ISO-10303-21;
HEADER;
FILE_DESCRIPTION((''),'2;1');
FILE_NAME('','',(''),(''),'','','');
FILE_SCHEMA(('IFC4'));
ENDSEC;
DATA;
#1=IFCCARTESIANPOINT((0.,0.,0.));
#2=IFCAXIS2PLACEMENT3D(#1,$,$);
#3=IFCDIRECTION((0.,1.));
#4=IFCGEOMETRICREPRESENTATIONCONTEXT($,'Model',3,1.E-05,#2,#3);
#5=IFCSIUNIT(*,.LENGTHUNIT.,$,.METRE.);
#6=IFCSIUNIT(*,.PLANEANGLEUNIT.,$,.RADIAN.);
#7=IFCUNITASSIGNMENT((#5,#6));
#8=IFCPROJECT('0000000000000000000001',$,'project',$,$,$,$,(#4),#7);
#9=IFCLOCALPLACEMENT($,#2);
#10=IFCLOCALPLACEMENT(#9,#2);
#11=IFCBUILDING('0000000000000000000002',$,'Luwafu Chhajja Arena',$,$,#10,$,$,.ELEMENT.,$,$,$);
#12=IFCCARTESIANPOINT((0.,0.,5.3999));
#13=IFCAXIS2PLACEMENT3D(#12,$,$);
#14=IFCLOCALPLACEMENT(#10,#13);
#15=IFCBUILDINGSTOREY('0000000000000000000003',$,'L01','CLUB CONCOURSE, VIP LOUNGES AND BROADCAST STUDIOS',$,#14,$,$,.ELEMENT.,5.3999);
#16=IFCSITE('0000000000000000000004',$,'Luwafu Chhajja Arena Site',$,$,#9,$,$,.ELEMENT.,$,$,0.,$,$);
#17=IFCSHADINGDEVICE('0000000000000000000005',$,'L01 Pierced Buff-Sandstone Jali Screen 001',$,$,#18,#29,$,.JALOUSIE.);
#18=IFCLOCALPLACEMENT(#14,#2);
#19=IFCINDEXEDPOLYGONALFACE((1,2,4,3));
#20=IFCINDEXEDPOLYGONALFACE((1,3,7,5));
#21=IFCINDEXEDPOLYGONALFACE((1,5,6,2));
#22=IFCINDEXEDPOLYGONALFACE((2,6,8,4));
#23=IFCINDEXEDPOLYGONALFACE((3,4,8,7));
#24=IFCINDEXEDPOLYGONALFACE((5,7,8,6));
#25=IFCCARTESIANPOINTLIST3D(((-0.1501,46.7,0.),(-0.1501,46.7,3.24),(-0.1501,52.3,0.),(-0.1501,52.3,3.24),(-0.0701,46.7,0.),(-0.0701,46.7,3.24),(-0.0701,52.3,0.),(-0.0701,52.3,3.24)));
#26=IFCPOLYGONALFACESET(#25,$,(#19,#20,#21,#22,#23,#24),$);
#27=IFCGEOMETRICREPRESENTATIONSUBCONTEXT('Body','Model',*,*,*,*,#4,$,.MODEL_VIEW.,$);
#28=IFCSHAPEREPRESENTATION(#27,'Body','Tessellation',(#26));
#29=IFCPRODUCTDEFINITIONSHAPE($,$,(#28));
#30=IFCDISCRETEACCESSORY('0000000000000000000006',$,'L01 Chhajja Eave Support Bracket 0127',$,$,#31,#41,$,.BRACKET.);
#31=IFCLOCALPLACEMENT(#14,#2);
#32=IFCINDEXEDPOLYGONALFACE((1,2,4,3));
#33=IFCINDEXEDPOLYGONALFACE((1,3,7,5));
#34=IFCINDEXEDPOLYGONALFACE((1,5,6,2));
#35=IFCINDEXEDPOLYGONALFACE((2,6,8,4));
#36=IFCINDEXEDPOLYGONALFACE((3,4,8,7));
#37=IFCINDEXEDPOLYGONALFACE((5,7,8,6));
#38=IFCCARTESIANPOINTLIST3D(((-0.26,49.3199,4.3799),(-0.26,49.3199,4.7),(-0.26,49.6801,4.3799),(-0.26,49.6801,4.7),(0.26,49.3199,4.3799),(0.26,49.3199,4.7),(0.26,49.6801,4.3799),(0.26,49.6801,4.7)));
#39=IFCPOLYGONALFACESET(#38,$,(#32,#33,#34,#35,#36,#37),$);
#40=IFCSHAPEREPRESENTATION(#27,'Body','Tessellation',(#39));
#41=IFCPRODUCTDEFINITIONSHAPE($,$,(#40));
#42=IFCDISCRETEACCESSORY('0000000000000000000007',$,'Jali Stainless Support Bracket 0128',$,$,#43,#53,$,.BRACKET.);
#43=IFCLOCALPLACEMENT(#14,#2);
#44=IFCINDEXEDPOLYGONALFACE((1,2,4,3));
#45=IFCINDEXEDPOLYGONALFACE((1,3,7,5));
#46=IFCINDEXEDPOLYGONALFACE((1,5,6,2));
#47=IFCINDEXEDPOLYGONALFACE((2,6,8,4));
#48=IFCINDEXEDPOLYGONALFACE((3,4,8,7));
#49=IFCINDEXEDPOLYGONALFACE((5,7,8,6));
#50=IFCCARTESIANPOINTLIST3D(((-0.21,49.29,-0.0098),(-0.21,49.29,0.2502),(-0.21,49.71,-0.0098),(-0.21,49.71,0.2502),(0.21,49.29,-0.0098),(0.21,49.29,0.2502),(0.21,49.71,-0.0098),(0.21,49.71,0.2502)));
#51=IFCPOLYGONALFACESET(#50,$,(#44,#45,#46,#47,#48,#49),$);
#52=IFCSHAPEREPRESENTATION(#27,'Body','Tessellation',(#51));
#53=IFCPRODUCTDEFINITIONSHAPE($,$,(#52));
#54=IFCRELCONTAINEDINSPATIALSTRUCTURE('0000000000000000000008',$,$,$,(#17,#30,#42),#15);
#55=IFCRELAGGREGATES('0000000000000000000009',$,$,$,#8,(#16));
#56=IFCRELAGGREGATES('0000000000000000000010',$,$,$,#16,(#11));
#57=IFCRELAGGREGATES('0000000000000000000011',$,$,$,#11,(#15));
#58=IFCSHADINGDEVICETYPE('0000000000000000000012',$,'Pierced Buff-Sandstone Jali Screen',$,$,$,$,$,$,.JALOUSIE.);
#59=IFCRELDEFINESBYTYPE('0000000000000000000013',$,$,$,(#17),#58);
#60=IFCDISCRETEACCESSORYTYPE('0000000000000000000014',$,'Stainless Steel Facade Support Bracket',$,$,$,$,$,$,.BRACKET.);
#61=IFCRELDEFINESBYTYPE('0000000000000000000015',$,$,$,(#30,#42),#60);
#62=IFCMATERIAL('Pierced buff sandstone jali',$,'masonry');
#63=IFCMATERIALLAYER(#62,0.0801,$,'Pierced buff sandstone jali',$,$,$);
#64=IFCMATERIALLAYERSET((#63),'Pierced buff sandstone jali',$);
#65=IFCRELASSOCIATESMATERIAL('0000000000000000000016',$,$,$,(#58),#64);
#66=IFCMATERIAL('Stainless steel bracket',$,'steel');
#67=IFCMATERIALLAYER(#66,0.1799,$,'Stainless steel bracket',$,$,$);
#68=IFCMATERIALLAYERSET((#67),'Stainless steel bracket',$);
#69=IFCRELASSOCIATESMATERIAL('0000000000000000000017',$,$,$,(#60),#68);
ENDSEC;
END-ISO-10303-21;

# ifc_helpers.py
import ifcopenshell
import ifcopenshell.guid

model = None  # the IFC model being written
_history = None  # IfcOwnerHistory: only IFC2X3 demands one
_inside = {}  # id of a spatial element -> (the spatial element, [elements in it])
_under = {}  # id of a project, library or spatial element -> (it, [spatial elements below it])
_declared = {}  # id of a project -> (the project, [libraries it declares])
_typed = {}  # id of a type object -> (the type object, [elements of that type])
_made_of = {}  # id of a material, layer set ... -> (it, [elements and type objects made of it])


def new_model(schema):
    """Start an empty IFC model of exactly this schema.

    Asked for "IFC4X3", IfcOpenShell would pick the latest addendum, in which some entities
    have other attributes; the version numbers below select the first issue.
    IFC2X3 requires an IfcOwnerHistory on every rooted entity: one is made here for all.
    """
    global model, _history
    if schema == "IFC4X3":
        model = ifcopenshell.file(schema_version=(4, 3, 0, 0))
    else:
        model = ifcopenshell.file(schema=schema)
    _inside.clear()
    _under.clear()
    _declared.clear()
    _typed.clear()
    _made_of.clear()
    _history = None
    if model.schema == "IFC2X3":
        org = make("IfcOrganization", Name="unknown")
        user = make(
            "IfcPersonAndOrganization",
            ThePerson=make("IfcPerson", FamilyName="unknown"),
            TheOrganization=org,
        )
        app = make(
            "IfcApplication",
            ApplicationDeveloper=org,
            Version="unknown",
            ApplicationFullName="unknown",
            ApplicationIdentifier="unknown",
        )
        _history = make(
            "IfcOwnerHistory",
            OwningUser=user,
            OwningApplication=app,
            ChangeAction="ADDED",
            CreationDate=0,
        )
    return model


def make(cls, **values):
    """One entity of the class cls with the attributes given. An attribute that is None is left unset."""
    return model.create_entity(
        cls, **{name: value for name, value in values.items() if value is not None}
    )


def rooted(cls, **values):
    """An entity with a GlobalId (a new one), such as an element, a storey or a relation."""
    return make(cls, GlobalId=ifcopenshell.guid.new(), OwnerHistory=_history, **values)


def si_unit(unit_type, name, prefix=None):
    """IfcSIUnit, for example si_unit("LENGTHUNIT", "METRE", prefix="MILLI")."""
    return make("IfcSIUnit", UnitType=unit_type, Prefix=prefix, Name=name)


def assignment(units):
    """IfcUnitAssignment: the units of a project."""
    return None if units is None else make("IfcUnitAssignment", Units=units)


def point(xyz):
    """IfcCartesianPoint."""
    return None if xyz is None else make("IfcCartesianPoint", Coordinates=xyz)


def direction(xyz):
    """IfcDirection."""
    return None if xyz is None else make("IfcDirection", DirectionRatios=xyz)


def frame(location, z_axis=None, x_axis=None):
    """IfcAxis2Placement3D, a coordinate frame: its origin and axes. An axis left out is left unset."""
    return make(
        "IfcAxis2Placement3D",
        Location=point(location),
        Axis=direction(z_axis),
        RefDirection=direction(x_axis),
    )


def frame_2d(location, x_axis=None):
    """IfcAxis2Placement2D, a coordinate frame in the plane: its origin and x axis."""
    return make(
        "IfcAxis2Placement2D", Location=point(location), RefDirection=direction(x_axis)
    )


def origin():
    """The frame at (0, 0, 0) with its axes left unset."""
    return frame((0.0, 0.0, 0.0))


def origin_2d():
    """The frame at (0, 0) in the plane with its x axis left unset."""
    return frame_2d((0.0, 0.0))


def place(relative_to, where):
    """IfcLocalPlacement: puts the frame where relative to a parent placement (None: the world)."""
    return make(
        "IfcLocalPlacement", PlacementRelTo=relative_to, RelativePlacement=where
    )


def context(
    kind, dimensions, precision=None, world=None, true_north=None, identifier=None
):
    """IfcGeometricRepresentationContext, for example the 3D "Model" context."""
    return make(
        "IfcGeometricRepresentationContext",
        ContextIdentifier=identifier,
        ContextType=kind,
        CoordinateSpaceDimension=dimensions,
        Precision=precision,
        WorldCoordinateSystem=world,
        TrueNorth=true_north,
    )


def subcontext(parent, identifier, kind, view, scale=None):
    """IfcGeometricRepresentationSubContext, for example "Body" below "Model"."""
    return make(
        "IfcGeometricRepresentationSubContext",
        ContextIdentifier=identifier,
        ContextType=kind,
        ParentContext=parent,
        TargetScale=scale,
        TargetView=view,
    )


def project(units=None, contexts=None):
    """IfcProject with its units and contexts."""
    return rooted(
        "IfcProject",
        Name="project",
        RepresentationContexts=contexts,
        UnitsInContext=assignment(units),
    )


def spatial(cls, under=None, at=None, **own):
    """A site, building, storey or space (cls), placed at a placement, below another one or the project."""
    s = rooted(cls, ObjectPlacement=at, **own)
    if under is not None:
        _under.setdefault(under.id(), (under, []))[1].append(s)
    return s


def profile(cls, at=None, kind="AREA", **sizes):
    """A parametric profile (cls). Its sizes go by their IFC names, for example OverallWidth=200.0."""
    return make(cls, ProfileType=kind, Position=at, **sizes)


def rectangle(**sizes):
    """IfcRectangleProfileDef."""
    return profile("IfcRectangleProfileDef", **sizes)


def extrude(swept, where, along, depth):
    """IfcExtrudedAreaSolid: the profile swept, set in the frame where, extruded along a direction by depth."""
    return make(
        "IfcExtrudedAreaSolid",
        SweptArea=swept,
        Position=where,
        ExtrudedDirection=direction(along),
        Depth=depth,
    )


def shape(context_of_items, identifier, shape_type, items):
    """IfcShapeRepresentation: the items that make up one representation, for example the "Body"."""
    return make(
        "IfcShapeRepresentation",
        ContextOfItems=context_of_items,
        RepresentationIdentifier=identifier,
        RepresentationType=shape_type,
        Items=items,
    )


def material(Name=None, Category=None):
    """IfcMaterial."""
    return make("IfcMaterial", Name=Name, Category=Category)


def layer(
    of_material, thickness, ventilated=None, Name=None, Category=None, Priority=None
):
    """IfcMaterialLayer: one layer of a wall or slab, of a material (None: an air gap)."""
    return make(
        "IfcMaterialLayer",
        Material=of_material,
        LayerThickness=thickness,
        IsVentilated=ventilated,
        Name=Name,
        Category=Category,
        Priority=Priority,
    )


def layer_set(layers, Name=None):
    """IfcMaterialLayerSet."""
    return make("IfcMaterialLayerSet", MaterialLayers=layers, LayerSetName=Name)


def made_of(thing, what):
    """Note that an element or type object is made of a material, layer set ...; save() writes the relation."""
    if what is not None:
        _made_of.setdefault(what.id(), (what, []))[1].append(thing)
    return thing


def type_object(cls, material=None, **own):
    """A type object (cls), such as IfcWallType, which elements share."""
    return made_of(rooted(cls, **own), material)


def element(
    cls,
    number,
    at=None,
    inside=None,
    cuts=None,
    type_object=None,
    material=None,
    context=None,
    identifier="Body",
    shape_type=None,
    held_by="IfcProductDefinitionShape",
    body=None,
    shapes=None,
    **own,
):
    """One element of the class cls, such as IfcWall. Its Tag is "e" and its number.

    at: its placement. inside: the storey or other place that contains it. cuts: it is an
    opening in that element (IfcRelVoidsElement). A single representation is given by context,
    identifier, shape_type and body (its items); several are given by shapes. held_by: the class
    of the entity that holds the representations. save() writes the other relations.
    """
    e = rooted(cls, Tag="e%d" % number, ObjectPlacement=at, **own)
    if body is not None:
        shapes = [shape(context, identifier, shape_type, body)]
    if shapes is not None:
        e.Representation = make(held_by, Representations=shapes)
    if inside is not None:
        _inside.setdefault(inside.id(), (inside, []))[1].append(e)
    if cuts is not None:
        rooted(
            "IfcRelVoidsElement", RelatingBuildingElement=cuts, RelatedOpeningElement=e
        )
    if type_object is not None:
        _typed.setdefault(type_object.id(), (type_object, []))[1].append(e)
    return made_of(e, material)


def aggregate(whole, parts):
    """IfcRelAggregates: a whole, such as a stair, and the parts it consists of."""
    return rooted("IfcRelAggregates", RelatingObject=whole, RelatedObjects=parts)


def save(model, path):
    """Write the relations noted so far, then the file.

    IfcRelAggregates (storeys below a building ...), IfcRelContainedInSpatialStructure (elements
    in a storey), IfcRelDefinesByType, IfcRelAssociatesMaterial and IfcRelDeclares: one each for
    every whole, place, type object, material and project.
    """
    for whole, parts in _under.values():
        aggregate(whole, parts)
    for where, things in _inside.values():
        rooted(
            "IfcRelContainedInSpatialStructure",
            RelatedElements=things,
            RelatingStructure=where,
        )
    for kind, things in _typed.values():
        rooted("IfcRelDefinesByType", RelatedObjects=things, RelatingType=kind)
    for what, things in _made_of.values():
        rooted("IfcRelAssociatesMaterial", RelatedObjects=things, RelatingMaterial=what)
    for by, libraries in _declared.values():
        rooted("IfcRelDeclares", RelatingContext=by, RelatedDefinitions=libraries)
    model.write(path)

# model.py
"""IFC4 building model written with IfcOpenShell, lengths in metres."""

from ifc_helpers import new_model, si_unit, direction, frame, origin, origin_2d, place, context, subcontext, project, spatial, rectangle, extrude, material, layer, layer_set, type_object, element, save


model = new_model("IFC4")

# Units and contexts
model_context = context("Model", 3, precision=1e-05, world=origin(), true_north=direction((0.0, 1.0)))
body_context = subcontext(model_context, "Body", "Model", "MODEL_VIEW")
ifc_project = project(units=[si_unit("LENGTHUNIT", "METRE"), si_unit("PLANEANGLEUNIT", "RADIAN")], contexts=[model_context])

# Site, building, storey
site_placement = place(None, origin())
site = spatial("IfcSite", under=ifc_project, at=site_placement, Name="Luwafu Chhajja Arena Site", CompositionType="ELEMENT", RefElevation=0.0)
building_placement = place(site_placement, origin())
building = spatial("IfcBuilding", under=site, at=building_placement, Name="Luwafu Chhajja Arena", CompositionType="ELEMENT")
storey_placement = place(building_placement, frame((0.0, 0.0, 5.3999)))
storey = spatial("IfcBuildingStorey", under=building, at=storey_placement, Name="L01", Description="CLUB CONCOURSE, VIP LOUNGES AND BROADCAST STUDIOS", CompositionType="ELEMENT", Elevation=5.3999)

# Shading device
ifc_material_1 = material(Name="Pierced buff sandstone jali", Category="masonry")
ifc_layer_1 = layer(ifc_material_1, 0.0801, Name="Pierced buff sandstone jali")
ifc_layer_set_1 = layer_set([ifc_layer_1], Name="Pierced buff sandstone jali")
shading_device_type = type_object("IfcShadingDeviceType", Name="Pierced Buff-Sandstone Jali Screen", PredefinedType="JALOUSIE", material=ifc_layer_set_1)
shading_device_placement = place(storey_placement, frame((-0.1101, 49.5, 0.0), z_axis=(0.0, 0.0, 1.0), x_axis=(0.0, 1.0, 0.0)))
element("IfcShadingDevice", 1, at=shading_device_placement, inside=storey, type_object=shading_device_type, Name="L01 Pierced Buff-Sandstone Jali Screen 001", PredefinedType="JALOUSIE", context=body_context, shape_type="SweptSolid", body=[
    extrude(rectangle(XDim=5.6001, YDim=0.0801, at=origin_2d()), origin(), (0.0, 0.0, 1.0), 3.24),
])

# Discrete accessories
ifc_material_2 = material(Name="Stainless steel bracket", Category="steel")
ifc_layer_2 = layer(ifc_material_2, 0.1799, Name="Stainless steel bracket")
ifc_layer_set_2 = layer_set([ifc_layer_2], Name="Stainless steel bracket")
discrete_accessory_type = type_object("IfcDiscreteAccessoryType", Name="Stainless Steel Facade Support Bracket", PredefinedType="BRACKET", material=ifc_layer_set_2)
discrete_accessory_1_placement = place(storey_placement, frame((0.0, 49.5, 4.3799), z_axis=(0.0, 0.0, 1.0), x_axis=(0.0, 1.0, 0.0)))
element("IfcDiscreteAccessory", 2, at=discrete_accessory_1_placement, inside=storey, type_object=discrete_accessory_type, Name="L01 Chhajja Eave Support Bracket 0127", PredefinedType="BRACKET", context=body_context, shape_type="SweptSolid", body=[
    extrude(rectangle(XDim=0.3601, YDim=0.52, at=origin_2d()), origin(), (0.0, 0.0, 1.0), 0.3201),
])
discrete_accessory_2_placement = place(storey_placement, frame((0.0, 49.5, -0.0098), z_axis=(0.0, 0.0, 1.0), x_axis=(0.0, 1.0, 0.0)))
element("IfcDiscreteAccessory", 3, at=discrete_accessory_2_placement, inside=storey, type_object=discrete_accessory_type, Name="Jali Stainless Support Bracket 0128", PredefinedType="BRACKET", context=body_context, shape_type="SweptSolid", body=[
    extrude(rectangle(XDim=0.4199, YDim=0.4199, at=origin_2d()), origin(), (0.0, 0.0, 1.0), 0.26),
])

save(model, "model.ifc")
